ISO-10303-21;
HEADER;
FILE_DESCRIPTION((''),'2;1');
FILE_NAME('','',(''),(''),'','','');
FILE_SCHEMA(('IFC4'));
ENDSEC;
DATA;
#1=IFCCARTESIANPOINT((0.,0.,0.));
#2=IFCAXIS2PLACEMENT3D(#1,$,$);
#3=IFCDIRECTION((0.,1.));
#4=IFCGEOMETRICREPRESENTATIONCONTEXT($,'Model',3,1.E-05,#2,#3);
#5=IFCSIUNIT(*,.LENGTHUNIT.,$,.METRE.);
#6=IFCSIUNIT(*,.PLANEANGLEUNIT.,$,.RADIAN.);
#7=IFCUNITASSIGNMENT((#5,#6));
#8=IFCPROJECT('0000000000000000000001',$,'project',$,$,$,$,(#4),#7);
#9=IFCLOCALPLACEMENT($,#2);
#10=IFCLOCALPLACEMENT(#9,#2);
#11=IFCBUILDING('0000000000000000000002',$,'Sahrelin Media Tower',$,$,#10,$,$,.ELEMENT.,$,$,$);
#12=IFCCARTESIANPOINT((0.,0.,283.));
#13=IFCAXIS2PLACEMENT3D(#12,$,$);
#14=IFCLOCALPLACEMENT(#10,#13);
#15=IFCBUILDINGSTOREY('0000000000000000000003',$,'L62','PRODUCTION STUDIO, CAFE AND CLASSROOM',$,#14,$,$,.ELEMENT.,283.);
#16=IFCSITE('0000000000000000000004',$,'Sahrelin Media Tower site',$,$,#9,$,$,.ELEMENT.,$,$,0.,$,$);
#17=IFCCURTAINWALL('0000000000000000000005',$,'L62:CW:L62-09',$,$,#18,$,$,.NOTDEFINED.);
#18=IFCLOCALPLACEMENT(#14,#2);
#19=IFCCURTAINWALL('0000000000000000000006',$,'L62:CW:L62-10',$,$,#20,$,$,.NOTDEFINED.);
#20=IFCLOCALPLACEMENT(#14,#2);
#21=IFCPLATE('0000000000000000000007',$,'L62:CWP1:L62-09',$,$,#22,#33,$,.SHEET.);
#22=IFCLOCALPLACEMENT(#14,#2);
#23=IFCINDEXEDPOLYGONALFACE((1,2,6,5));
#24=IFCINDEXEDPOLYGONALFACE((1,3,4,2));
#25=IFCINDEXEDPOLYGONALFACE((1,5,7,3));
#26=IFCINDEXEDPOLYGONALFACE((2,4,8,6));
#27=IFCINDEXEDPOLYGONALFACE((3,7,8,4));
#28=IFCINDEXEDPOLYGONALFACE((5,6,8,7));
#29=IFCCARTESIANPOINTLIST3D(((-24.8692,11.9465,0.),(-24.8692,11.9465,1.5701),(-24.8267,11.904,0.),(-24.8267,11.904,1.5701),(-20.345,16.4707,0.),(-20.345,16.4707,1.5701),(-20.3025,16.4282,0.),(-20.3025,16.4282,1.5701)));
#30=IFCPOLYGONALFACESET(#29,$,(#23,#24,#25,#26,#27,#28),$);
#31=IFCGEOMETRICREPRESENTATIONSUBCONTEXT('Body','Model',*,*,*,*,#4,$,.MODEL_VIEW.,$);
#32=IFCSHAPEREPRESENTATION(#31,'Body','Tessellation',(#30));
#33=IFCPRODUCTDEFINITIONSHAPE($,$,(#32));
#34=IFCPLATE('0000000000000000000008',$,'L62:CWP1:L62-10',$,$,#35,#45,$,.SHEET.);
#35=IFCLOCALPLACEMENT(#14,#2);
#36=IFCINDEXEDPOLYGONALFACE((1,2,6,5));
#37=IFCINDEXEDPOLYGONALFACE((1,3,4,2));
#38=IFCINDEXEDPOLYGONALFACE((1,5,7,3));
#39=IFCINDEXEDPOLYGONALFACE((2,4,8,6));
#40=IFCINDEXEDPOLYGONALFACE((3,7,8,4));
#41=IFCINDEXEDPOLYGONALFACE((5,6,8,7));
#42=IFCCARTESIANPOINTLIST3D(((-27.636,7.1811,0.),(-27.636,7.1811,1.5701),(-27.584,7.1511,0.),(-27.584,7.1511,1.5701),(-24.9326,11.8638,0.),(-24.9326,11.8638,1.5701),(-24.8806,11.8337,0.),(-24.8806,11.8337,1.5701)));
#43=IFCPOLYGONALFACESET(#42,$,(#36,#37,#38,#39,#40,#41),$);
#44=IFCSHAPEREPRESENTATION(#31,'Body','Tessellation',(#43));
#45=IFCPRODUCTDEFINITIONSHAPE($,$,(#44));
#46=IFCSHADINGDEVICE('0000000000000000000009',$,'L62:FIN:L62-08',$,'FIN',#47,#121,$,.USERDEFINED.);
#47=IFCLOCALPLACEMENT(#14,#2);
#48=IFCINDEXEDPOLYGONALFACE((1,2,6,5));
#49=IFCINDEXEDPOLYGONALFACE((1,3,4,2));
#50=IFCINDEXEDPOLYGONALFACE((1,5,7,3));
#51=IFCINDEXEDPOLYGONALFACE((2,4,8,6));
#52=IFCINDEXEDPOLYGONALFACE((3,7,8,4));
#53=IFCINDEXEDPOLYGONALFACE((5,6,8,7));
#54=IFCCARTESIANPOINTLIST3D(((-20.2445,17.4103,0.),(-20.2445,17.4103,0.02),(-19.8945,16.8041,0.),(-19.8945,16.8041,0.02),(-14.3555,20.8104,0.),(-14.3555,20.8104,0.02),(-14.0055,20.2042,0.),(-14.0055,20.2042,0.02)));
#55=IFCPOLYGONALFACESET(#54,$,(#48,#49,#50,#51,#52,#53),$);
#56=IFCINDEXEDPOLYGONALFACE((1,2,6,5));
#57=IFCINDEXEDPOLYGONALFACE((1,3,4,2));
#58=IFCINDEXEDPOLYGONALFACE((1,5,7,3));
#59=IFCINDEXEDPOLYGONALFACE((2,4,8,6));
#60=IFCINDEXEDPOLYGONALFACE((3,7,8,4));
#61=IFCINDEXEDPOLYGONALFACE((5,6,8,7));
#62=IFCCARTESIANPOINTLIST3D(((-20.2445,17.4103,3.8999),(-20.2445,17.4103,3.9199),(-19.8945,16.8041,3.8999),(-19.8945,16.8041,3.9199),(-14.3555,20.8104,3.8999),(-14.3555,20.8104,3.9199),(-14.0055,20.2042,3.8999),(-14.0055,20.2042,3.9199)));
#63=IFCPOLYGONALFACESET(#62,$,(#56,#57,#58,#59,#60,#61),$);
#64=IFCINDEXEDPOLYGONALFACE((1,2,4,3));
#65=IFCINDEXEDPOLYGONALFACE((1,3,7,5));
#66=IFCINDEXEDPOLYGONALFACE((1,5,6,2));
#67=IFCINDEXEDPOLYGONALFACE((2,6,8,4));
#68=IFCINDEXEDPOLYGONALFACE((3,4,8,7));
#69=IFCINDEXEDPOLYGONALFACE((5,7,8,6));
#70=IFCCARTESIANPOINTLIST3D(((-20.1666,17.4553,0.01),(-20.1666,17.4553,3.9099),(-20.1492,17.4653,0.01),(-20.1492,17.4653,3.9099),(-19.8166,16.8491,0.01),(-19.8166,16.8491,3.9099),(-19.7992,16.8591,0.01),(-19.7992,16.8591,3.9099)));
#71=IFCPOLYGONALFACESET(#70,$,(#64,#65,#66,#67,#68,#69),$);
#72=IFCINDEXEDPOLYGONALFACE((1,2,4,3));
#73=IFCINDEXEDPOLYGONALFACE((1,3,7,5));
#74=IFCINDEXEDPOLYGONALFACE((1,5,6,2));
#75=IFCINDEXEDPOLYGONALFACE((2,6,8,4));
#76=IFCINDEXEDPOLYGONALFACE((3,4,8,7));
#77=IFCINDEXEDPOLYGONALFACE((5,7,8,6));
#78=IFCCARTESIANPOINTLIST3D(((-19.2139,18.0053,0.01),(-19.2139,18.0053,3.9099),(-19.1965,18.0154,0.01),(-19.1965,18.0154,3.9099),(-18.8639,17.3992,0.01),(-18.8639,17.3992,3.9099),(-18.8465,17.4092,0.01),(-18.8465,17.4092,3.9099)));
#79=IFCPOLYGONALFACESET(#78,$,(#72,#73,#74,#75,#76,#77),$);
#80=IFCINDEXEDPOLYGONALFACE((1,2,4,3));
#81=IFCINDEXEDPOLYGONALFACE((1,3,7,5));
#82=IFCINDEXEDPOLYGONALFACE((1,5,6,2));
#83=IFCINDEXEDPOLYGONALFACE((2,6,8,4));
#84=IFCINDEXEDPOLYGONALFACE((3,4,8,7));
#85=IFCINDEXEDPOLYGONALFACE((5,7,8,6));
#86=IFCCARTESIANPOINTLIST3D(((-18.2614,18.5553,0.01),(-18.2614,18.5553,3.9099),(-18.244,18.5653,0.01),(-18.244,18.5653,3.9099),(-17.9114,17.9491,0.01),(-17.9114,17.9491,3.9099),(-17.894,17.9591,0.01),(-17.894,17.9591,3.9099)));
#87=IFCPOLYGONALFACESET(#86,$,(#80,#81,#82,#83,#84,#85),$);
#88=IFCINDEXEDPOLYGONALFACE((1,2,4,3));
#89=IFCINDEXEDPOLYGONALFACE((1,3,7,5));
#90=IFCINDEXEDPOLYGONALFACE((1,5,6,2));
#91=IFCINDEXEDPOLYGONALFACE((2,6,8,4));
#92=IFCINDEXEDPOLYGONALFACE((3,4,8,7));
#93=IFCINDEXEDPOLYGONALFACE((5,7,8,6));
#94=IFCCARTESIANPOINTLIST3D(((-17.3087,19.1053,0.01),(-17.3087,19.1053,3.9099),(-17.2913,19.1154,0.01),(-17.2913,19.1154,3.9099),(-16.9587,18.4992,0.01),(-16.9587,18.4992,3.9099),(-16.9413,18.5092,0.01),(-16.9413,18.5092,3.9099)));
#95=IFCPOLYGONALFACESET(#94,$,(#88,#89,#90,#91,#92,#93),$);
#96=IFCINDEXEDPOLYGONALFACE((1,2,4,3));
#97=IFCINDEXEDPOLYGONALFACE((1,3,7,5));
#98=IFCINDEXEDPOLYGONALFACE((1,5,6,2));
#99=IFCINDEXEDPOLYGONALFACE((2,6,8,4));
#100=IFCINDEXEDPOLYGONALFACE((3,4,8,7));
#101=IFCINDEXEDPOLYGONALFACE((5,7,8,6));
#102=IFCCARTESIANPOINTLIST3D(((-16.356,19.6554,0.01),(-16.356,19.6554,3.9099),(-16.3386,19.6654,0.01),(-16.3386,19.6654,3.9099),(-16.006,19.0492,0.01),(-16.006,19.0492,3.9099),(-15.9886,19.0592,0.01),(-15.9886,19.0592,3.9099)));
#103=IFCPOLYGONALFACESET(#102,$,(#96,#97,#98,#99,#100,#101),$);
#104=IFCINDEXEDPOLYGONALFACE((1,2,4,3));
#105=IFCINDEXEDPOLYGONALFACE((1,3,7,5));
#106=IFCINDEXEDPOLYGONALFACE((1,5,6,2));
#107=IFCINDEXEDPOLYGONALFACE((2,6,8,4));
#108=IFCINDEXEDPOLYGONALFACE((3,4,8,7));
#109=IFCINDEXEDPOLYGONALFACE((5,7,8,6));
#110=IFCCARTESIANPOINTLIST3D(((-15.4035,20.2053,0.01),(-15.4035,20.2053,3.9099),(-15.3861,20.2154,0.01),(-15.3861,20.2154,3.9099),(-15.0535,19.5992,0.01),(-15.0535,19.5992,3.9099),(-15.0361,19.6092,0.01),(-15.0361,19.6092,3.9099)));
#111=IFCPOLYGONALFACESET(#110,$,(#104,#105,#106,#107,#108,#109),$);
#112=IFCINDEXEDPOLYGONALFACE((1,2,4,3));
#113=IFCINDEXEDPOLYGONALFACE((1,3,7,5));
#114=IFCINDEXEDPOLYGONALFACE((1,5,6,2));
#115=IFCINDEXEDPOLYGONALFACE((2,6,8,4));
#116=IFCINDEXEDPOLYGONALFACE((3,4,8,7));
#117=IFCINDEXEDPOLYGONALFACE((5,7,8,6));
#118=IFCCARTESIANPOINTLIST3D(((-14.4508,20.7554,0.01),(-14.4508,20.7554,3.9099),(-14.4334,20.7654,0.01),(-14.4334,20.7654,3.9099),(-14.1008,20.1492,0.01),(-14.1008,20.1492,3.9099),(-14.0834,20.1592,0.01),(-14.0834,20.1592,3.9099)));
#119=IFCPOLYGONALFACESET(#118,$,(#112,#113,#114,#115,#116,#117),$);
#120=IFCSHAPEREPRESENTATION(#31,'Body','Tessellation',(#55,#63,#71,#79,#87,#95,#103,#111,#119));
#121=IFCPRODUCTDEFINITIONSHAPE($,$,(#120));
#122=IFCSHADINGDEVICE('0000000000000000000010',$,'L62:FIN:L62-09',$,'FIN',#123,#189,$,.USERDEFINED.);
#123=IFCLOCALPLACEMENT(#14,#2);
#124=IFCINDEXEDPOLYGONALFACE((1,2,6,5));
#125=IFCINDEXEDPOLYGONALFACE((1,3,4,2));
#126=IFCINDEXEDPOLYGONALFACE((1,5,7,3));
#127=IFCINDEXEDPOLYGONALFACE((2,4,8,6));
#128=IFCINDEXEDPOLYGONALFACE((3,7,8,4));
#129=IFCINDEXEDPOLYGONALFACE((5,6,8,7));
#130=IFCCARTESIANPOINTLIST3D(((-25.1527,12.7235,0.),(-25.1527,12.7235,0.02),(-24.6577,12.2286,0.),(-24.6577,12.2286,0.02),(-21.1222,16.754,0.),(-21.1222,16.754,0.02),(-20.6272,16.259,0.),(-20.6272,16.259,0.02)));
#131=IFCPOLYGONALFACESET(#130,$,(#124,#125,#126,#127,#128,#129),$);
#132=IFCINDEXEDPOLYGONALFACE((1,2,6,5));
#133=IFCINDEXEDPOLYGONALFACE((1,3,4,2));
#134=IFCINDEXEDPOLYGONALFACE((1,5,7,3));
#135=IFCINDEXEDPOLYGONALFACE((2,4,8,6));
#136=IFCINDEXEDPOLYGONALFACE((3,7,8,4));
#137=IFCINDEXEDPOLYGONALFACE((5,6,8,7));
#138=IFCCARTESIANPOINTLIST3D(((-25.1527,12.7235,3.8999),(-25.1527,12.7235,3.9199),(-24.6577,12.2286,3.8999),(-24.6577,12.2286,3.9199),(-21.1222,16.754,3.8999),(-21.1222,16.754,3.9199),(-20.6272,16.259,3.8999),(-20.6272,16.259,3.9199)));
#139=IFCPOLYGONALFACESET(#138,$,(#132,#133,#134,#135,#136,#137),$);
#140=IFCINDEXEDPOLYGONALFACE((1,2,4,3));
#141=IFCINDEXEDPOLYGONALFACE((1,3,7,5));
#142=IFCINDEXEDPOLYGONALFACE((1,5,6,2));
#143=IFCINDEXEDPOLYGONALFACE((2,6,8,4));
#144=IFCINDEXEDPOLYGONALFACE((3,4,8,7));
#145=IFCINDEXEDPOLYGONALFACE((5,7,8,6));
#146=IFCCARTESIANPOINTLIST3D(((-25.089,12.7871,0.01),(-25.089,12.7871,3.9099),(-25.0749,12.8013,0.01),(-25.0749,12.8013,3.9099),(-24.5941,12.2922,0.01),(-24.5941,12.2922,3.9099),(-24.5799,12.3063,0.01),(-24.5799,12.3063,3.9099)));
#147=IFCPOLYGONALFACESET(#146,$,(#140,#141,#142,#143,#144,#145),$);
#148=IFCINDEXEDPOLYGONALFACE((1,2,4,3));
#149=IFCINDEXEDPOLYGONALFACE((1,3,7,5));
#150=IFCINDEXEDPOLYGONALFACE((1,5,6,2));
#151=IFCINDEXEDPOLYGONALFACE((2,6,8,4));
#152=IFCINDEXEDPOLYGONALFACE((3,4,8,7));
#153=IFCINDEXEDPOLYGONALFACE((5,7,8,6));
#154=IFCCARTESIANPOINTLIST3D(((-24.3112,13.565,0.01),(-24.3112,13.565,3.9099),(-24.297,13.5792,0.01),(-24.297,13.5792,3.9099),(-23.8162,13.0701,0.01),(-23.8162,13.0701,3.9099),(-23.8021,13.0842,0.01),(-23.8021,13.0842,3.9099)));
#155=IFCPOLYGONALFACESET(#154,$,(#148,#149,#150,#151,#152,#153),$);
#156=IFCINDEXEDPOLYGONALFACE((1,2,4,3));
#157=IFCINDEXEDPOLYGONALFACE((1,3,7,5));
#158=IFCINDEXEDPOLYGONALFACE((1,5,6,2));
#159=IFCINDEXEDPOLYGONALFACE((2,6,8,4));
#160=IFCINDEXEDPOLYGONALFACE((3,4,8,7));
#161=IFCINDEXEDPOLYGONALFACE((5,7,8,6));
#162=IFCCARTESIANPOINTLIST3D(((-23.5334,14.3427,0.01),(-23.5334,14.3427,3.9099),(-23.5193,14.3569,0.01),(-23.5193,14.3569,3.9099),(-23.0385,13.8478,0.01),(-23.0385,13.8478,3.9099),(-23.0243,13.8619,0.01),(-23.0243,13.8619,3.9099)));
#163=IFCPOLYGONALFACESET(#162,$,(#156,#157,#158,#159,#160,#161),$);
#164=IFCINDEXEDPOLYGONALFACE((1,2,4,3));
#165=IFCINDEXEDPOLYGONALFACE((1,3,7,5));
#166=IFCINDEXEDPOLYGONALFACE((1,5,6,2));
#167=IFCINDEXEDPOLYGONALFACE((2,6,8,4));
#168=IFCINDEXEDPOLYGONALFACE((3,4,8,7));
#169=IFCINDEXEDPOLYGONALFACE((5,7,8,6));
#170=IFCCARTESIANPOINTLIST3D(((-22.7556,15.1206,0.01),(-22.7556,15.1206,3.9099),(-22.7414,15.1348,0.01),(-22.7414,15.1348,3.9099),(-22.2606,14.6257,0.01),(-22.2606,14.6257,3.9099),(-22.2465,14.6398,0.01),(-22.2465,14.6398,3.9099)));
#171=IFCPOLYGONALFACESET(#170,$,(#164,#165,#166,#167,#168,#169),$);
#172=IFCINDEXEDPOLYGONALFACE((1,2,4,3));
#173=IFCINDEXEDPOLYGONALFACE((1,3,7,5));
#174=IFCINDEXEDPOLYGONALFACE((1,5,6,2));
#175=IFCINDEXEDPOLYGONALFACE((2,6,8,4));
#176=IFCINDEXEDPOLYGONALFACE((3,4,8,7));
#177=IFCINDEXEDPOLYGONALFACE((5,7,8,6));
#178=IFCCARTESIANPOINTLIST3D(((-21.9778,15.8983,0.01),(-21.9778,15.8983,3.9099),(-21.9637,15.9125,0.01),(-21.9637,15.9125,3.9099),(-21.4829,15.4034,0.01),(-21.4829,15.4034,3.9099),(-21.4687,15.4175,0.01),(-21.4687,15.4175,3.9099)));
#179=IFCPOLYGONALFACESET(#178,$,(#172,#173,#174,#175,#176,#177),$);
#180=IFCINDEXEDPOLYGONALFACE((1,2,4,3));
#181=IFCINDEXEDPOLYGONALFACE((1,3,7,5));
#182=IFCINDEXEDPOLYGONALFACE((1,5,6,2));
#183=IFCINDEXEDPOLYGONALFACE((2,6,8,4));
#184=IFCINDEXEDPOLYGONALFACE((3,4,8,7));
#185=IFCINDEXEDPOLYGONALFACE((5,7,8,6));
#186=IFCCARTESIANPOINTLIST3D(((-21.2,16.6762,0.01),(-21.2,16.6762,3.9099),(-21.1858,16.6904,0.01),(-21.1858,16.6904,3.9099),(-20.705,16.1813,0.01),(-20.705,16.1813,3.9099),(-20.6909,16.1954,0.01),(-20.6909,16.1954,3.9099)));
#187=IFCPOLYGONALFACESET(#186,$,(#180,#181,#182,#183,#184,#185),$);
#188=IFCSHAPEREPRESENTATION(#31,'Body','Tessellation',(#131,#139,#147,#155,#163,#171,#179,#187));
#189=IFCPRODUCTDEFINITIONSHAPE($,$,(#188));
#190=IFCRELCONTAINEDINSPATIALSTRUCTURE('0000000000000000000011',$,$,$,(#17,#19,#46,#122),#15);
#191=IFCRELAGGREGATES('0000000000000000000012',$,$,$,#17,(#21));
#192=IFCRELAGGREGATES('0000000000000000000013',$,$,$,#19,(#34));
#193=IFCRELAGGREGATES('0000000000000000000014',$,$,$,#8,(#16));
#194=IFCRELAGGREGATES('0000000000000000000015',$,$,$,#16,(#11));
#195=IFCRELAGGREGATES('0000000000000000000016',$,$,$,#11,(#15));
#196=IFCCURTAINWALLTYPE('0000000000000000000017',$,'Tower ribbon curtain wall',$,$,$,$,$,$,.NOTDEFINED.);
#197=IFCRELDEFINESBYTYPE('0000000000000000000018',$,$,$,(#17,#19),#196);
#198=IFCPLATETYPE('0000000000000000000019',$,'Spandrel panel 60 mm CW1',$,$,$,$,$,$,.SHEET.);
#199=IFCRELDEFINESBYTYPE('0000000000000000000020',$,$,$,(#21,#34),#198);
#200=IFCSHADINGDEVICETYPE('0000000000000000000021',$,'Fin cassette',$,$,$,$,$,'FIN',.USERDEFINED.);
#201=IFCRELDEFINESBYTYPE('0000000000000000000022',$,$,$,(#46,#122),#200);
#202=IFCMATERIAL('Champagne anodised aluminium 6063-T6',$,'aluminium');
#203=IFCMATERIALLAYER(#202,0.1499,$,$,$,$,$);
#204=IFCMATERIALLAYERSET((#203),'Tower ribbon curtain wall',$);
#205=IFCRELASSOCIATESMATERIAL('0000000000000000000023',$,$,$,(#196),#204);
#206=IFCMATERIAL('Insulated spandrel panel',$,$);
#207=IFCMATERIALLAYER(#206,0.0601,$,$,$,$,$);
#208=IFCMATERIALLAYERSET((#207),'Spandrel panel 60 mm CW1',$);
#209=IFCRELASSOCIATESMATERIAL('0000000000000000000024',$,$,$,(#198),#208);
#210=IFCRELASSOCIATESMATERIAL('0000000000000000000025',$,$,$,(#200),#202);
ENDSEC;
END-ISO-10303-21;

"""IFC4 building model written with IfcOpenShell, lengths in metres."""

from ifc_helpers import new_model, si_unit, direction, frame, origin, origin_2d, place, context, subcontext, project, spatial, polyline, rectangle, outline, extrude, material, layer, layer_set, type_object, element, aggregate, save


model = new_model("IFC4")

# Units and contexts
model_context = context("Model", 3, precision=1e-05, world=origin(), true_north=direction((0.0, 1.0)))
body_context = subcontext(model_context, "Body", "Model", "MODEL_VIEW")
ifc_project = project(units=[si_unit("LENGTHUNIT", "METRE"), si_unit("PLANEANGLEUNIT", "RADIAN")], contexts=[model_context])

# Site, building, storey
site_placement = place(None, origin())
site = spatial("IfcSite", under=ifc_project, at=site_placement, Name="Sahrelin Media Tower site", CompositionType="ELEMENT", RefElevation=0.0)
building_placement = place(site_placement, origin())
building = spatial("IfcBuilding", under=site, at=building_placement, Name="Sahrelin Media Tower", CompositionType="ELEMENT")
storey_placement = place(building_placement, frame((0.0, 0.0, 283.0)))
storey = spatial("IfcBuildingStorey", under=building, at=storey_placement, Name="L62", Description="PRODUCTION STUDIO, CAFE AND CLASSROOM", CompositionType="ELEMENT", Elevation=283.0)

# Curtain wall
ifc_material_1 = material(Name="Champagne anodised aluminium 6063-T6", Category="aluminium")
ifc_layer_1 = layer(ifc_material_1, 0.1499)
ifc_layer_set_1 = layer_set([ifc_layer_1], Name="Tower ribbon curtain wall")
curtain_wall_type = type_object("IfcCurtainWallType", Name="Tower ribbon curtain wall", PredefinedType="NOTDEFINED", material=ifc_layer_set_1)
curtain_wall_1_placement = place(storey_placement, frame((-22.593, 14.1943, 0.0), z_axis=(0.0, 0.0, 1.0), x_axis=(1.0, 0.0, 0.0)))
curtain_wall_1 = element("IfcCurtainWall", 1, at=curtain_wall_1_placement, inside=storey, type_object=curtain_wall_type, Name="L62:CW:L62-09", PredefinedType="NOTDEFINED")

# Curtain wall
curtain_wall_2_placement = place(storey_placement, frame((-26.2671, 9.5125, 0.0), z_axis=(0.0, 0.0, 1.0), x_axis=(1.0, 0.0, 0.0)))
curtain_wall_2 = element("IfcCurtainWall", 2, at=curtain_wall_2_placement, inside=storey, type_object=curtain_wall_type, Name="L62:CW:L62-10", PredefinedType="NOTDEFINED")

# Plates
ifc_material_2 = material(Name="Insulated spandrel panel")
ifc_layer_2 = layer(ifc_material_2, 0.0601)
ifc_layer_set_2 = layer_set([ifc_layer_2], Name="Spandrel panel 60 mm CW1")
plate_type_1 = type_object("IfcPlateType", Name="Spandrel panel 60 mm CW1", PredefinedType="SHEET", material=ifc_layer_set_2)
plate_1_placement = place(storey_placement, frame((-20.345, 16.4707, 0.0), z_axis=(-0.707107, 0.707107, 0.0), x_axis=(-0.707107, -0.707107, 0.0)))
plate_1 = element("IfcPlate", 3, at=plate_1_placement, type_object=plate_type_1, Name="L62:CWP1:L62-09", PredefinedType="SHEET", context=body_context, shape_type="SweptSolid", body=[
    extrude(outline(polyline([(0.0, 0.0), (6.3982, 0.0), (6.3982, 1.5701), (0.0, 1.5701), (0.0, 0.0)])), origin(), (0.0, 0.0, -1.0), 0.0601),
])
aggregate(curtain_wall_1, [plate_1])
plate_2_placement = place(storey_placement, frame((-24.9326, 11.8638, 0.0), z_axis=(-0.866037, 0.49998, 0.0), x_axis=(-0.49998, -0.866037, 0.0)))
plate_2 = element("IfcPlate", 4, at=plate_2_placement, type_object=plate_type_1, Name="L62:CWP1:L62-10", PredefinedType="SHEET", context=body_context, shape_type="SweptSolid", body=[
    extrude(outline(polyline([(0.0, 0.0), (5.407, 0.0), (5.407, 1.5701), (0.0, 1.5701), (0.0, 0.0)])), origin(), (0.0, 0.0, -1.0), 0.0601),
])
aggregate(curtain_wall_2, [plate_2])

# Shading devices
shading_device_type_1 = type_object("IfcShadingDeviceType", Name="Fin cassette", ElementType="FIN", PredefinedType="USERDEFINED", material=ifc_material_1)
placement_1 = place(storey_placement, frame((-16.915, 18.4436, 0.0), z_axis=(0.0, 0.0, 1.0), x_axis=(0.866019, 0.500011, 0.0)))
element("IfcShadingDevice", 5, at=placement_1, inside=storey, type_object=shading_device_type_1, Name="L62:FIN:L62-08", ObjectType="FIN", PredefinedType="USERDEFINED", context=body_context, shape_type="SweptSolid", body=[
    extrude(rectangle(XDim=6.8, YDim=0.7, at=origin_2d()), frame((0.0, 0.4199, 0.0)), (0.0, 0.0, 1.0), 0.02),
    extrude(rectangle(XDim=6.8, YDim=0.7, at=origin_2d()), frame((0.0, 0.4199, 3.8999)), (0.0, 0.0, 1.0), 0.02),
    extrude(rectangle(XDim=0.02, YDim=0.7, at=origin_2d()), frame((-3.3, 0.4199, 0.01), z_axis=(0.0, 0.0, 1.0), x_axis=(1.0, 0.0, 0.0)), (0.0, 0.0, 1.0), 3.8999),
    extrude(rectangle(XDim=0.02, YDim=0.7, at=origin_2d()), frame((-2.2, 0.4199, 0.01), z_axis=(0.0, 0.0, 1.0), x_axis=(1.0, 0.0, 0.0)), (0.0, 0.0, 1.0), 3.8999),
    extrude(rectangle(XDim=0.02, YDim=0.7, at=origin_2d()), frame((-1.1001, 0.4199, 0.01), z_axis=(0.0, 0.0, 1.0), x_axis=(1.0, 0.0, 0.0)), (0.0, 0.0, 1.0), 3.8999),
    extrude(rectangle(XDim=0.02, YDim=0.7, at=origin_2d()), frame((0.0, 0.4199, 0.01), z_axis=(0.0, 0.0, 1.0), x_axis=(1.0, 0.0, 0.0)), (0.0, 0.0, 1.0), 3.8999),
    extrude(rectangle(XDim=0.02, YDim=0.7, at=origin_2d()), frame((1.1001, 0.4199, 0.01), z_axis=(0.0, 0.0, 1.0), x_axis=(1.0, 0.0, 0.0)), (0.0, 0.0, 1.0), 3.8999),
    extrude(rectangle(XDim=0.02, YDim=0.7, at=origin_2d()), frame((2.2, 0.4199, 0.01), z_axis=(0.0, 0.0, 1.0), x_axis=(1.0, 0.0, 0.0)), (0.0, 0.0, 1.0), 3.8999),
    extrude(rectangle(XDim=0.02, YDim=0.7, at=origin_2d()), frame((3.3, 0.4199, 0.01), z_axis=(0.0, 0.0, 1.0), x_axis=(1.0, 0.0, 0.0)), (0.0, 0.0, 1.0), 3.8999),
])
placement_2 = place(storey_placement, frame((-22.593, 14.1943, 0.0), z_axis=(0.0, 0.0, 1.0), x_axis=(0.707107, 0.707107, 0.0)))
element("IfcShadingDevice", 6, at=placement_2, inside=storey, type_object=shading_device_type_1, Name="L62:FIN:L62-09", ObjectType="FIN", PredefinedType="USERDEFINED", context=body_context, shape_type="SweptSolid", body=[
    extrude(rectangle(XDim=5.7, YDim=0.7, at=origin_2d()), frame((0.0, 0.4199, 0.0)), (0.0, 0.0, 1.0), 0.02),
    extrude(rectangle(XDim=5.7, YDim=0.7, at=origin_2d()), frame((0.0, 0.4199, 3.8999)), (0.0, 0.0, 1.0), 0.02),
    extrude(rectangle(XDim=0.02, YDim=0.7, at=origin_2d()), frame((-2.75, 0.4199, 0.01), z_axis=(0.0, 0.0, 1.0), x_axis=(1.0, 0.0, 0.0)), (0.0, 0.0, 1.0), 3.8999),
    extrude(rectangle(XDim=0.02, YDim=0.7, at=origin_2d()), frame((-1.6499, 0.4199, 0.01), z_axis=(0.0, 0.0, 1.0), x_axis=(1.0, 0.0, 0.0)), (0.0, 0.0, 1.0), 3.8999),
    extrude(rectangle(XDim=0.02, YDim=0.7, at=origin_2d()), frame((-0.55, 0.4199, 0.01), z_axis=(0.0, 0.0, 1.0), x_axis=(1.0, 0.0, 0.0)), (0.0, 0.0, 1.0), 3.8999),
    extrude(rectangle(XDim=0.02, YDim=0.7, at=origin_2d()), frame((0.55, 0.4199, 0.01), z_axis=(0.0, 0.0, 1.0), x_axis=(1.0, 0.0, 0.0)), (0.0, 0.0, 1.0), 3.8999),
    extrude(rectangle(XDim=0.02, YDim=0.7, at=origin_2d()), frame((1.6499, 0.4199, 0.01), z_axis=(0.0, 0.0, 1.0), x_axis=(1.0, 0.0, 0.0)), (0.0, 0.0, 1.0), 3.8999),
    extrude(rectangle(XDim=0.02, YDim=0.7, at=origin_2d()), frame((2.75, 0.4199, 0.01), z_axis=(0.0, 0.0, 1.0), x_axis=(1.0, 0.0, 0.0)), (0.0, 0.0, 1.0), 3.8999),
])

save(model, "model.ifc")
